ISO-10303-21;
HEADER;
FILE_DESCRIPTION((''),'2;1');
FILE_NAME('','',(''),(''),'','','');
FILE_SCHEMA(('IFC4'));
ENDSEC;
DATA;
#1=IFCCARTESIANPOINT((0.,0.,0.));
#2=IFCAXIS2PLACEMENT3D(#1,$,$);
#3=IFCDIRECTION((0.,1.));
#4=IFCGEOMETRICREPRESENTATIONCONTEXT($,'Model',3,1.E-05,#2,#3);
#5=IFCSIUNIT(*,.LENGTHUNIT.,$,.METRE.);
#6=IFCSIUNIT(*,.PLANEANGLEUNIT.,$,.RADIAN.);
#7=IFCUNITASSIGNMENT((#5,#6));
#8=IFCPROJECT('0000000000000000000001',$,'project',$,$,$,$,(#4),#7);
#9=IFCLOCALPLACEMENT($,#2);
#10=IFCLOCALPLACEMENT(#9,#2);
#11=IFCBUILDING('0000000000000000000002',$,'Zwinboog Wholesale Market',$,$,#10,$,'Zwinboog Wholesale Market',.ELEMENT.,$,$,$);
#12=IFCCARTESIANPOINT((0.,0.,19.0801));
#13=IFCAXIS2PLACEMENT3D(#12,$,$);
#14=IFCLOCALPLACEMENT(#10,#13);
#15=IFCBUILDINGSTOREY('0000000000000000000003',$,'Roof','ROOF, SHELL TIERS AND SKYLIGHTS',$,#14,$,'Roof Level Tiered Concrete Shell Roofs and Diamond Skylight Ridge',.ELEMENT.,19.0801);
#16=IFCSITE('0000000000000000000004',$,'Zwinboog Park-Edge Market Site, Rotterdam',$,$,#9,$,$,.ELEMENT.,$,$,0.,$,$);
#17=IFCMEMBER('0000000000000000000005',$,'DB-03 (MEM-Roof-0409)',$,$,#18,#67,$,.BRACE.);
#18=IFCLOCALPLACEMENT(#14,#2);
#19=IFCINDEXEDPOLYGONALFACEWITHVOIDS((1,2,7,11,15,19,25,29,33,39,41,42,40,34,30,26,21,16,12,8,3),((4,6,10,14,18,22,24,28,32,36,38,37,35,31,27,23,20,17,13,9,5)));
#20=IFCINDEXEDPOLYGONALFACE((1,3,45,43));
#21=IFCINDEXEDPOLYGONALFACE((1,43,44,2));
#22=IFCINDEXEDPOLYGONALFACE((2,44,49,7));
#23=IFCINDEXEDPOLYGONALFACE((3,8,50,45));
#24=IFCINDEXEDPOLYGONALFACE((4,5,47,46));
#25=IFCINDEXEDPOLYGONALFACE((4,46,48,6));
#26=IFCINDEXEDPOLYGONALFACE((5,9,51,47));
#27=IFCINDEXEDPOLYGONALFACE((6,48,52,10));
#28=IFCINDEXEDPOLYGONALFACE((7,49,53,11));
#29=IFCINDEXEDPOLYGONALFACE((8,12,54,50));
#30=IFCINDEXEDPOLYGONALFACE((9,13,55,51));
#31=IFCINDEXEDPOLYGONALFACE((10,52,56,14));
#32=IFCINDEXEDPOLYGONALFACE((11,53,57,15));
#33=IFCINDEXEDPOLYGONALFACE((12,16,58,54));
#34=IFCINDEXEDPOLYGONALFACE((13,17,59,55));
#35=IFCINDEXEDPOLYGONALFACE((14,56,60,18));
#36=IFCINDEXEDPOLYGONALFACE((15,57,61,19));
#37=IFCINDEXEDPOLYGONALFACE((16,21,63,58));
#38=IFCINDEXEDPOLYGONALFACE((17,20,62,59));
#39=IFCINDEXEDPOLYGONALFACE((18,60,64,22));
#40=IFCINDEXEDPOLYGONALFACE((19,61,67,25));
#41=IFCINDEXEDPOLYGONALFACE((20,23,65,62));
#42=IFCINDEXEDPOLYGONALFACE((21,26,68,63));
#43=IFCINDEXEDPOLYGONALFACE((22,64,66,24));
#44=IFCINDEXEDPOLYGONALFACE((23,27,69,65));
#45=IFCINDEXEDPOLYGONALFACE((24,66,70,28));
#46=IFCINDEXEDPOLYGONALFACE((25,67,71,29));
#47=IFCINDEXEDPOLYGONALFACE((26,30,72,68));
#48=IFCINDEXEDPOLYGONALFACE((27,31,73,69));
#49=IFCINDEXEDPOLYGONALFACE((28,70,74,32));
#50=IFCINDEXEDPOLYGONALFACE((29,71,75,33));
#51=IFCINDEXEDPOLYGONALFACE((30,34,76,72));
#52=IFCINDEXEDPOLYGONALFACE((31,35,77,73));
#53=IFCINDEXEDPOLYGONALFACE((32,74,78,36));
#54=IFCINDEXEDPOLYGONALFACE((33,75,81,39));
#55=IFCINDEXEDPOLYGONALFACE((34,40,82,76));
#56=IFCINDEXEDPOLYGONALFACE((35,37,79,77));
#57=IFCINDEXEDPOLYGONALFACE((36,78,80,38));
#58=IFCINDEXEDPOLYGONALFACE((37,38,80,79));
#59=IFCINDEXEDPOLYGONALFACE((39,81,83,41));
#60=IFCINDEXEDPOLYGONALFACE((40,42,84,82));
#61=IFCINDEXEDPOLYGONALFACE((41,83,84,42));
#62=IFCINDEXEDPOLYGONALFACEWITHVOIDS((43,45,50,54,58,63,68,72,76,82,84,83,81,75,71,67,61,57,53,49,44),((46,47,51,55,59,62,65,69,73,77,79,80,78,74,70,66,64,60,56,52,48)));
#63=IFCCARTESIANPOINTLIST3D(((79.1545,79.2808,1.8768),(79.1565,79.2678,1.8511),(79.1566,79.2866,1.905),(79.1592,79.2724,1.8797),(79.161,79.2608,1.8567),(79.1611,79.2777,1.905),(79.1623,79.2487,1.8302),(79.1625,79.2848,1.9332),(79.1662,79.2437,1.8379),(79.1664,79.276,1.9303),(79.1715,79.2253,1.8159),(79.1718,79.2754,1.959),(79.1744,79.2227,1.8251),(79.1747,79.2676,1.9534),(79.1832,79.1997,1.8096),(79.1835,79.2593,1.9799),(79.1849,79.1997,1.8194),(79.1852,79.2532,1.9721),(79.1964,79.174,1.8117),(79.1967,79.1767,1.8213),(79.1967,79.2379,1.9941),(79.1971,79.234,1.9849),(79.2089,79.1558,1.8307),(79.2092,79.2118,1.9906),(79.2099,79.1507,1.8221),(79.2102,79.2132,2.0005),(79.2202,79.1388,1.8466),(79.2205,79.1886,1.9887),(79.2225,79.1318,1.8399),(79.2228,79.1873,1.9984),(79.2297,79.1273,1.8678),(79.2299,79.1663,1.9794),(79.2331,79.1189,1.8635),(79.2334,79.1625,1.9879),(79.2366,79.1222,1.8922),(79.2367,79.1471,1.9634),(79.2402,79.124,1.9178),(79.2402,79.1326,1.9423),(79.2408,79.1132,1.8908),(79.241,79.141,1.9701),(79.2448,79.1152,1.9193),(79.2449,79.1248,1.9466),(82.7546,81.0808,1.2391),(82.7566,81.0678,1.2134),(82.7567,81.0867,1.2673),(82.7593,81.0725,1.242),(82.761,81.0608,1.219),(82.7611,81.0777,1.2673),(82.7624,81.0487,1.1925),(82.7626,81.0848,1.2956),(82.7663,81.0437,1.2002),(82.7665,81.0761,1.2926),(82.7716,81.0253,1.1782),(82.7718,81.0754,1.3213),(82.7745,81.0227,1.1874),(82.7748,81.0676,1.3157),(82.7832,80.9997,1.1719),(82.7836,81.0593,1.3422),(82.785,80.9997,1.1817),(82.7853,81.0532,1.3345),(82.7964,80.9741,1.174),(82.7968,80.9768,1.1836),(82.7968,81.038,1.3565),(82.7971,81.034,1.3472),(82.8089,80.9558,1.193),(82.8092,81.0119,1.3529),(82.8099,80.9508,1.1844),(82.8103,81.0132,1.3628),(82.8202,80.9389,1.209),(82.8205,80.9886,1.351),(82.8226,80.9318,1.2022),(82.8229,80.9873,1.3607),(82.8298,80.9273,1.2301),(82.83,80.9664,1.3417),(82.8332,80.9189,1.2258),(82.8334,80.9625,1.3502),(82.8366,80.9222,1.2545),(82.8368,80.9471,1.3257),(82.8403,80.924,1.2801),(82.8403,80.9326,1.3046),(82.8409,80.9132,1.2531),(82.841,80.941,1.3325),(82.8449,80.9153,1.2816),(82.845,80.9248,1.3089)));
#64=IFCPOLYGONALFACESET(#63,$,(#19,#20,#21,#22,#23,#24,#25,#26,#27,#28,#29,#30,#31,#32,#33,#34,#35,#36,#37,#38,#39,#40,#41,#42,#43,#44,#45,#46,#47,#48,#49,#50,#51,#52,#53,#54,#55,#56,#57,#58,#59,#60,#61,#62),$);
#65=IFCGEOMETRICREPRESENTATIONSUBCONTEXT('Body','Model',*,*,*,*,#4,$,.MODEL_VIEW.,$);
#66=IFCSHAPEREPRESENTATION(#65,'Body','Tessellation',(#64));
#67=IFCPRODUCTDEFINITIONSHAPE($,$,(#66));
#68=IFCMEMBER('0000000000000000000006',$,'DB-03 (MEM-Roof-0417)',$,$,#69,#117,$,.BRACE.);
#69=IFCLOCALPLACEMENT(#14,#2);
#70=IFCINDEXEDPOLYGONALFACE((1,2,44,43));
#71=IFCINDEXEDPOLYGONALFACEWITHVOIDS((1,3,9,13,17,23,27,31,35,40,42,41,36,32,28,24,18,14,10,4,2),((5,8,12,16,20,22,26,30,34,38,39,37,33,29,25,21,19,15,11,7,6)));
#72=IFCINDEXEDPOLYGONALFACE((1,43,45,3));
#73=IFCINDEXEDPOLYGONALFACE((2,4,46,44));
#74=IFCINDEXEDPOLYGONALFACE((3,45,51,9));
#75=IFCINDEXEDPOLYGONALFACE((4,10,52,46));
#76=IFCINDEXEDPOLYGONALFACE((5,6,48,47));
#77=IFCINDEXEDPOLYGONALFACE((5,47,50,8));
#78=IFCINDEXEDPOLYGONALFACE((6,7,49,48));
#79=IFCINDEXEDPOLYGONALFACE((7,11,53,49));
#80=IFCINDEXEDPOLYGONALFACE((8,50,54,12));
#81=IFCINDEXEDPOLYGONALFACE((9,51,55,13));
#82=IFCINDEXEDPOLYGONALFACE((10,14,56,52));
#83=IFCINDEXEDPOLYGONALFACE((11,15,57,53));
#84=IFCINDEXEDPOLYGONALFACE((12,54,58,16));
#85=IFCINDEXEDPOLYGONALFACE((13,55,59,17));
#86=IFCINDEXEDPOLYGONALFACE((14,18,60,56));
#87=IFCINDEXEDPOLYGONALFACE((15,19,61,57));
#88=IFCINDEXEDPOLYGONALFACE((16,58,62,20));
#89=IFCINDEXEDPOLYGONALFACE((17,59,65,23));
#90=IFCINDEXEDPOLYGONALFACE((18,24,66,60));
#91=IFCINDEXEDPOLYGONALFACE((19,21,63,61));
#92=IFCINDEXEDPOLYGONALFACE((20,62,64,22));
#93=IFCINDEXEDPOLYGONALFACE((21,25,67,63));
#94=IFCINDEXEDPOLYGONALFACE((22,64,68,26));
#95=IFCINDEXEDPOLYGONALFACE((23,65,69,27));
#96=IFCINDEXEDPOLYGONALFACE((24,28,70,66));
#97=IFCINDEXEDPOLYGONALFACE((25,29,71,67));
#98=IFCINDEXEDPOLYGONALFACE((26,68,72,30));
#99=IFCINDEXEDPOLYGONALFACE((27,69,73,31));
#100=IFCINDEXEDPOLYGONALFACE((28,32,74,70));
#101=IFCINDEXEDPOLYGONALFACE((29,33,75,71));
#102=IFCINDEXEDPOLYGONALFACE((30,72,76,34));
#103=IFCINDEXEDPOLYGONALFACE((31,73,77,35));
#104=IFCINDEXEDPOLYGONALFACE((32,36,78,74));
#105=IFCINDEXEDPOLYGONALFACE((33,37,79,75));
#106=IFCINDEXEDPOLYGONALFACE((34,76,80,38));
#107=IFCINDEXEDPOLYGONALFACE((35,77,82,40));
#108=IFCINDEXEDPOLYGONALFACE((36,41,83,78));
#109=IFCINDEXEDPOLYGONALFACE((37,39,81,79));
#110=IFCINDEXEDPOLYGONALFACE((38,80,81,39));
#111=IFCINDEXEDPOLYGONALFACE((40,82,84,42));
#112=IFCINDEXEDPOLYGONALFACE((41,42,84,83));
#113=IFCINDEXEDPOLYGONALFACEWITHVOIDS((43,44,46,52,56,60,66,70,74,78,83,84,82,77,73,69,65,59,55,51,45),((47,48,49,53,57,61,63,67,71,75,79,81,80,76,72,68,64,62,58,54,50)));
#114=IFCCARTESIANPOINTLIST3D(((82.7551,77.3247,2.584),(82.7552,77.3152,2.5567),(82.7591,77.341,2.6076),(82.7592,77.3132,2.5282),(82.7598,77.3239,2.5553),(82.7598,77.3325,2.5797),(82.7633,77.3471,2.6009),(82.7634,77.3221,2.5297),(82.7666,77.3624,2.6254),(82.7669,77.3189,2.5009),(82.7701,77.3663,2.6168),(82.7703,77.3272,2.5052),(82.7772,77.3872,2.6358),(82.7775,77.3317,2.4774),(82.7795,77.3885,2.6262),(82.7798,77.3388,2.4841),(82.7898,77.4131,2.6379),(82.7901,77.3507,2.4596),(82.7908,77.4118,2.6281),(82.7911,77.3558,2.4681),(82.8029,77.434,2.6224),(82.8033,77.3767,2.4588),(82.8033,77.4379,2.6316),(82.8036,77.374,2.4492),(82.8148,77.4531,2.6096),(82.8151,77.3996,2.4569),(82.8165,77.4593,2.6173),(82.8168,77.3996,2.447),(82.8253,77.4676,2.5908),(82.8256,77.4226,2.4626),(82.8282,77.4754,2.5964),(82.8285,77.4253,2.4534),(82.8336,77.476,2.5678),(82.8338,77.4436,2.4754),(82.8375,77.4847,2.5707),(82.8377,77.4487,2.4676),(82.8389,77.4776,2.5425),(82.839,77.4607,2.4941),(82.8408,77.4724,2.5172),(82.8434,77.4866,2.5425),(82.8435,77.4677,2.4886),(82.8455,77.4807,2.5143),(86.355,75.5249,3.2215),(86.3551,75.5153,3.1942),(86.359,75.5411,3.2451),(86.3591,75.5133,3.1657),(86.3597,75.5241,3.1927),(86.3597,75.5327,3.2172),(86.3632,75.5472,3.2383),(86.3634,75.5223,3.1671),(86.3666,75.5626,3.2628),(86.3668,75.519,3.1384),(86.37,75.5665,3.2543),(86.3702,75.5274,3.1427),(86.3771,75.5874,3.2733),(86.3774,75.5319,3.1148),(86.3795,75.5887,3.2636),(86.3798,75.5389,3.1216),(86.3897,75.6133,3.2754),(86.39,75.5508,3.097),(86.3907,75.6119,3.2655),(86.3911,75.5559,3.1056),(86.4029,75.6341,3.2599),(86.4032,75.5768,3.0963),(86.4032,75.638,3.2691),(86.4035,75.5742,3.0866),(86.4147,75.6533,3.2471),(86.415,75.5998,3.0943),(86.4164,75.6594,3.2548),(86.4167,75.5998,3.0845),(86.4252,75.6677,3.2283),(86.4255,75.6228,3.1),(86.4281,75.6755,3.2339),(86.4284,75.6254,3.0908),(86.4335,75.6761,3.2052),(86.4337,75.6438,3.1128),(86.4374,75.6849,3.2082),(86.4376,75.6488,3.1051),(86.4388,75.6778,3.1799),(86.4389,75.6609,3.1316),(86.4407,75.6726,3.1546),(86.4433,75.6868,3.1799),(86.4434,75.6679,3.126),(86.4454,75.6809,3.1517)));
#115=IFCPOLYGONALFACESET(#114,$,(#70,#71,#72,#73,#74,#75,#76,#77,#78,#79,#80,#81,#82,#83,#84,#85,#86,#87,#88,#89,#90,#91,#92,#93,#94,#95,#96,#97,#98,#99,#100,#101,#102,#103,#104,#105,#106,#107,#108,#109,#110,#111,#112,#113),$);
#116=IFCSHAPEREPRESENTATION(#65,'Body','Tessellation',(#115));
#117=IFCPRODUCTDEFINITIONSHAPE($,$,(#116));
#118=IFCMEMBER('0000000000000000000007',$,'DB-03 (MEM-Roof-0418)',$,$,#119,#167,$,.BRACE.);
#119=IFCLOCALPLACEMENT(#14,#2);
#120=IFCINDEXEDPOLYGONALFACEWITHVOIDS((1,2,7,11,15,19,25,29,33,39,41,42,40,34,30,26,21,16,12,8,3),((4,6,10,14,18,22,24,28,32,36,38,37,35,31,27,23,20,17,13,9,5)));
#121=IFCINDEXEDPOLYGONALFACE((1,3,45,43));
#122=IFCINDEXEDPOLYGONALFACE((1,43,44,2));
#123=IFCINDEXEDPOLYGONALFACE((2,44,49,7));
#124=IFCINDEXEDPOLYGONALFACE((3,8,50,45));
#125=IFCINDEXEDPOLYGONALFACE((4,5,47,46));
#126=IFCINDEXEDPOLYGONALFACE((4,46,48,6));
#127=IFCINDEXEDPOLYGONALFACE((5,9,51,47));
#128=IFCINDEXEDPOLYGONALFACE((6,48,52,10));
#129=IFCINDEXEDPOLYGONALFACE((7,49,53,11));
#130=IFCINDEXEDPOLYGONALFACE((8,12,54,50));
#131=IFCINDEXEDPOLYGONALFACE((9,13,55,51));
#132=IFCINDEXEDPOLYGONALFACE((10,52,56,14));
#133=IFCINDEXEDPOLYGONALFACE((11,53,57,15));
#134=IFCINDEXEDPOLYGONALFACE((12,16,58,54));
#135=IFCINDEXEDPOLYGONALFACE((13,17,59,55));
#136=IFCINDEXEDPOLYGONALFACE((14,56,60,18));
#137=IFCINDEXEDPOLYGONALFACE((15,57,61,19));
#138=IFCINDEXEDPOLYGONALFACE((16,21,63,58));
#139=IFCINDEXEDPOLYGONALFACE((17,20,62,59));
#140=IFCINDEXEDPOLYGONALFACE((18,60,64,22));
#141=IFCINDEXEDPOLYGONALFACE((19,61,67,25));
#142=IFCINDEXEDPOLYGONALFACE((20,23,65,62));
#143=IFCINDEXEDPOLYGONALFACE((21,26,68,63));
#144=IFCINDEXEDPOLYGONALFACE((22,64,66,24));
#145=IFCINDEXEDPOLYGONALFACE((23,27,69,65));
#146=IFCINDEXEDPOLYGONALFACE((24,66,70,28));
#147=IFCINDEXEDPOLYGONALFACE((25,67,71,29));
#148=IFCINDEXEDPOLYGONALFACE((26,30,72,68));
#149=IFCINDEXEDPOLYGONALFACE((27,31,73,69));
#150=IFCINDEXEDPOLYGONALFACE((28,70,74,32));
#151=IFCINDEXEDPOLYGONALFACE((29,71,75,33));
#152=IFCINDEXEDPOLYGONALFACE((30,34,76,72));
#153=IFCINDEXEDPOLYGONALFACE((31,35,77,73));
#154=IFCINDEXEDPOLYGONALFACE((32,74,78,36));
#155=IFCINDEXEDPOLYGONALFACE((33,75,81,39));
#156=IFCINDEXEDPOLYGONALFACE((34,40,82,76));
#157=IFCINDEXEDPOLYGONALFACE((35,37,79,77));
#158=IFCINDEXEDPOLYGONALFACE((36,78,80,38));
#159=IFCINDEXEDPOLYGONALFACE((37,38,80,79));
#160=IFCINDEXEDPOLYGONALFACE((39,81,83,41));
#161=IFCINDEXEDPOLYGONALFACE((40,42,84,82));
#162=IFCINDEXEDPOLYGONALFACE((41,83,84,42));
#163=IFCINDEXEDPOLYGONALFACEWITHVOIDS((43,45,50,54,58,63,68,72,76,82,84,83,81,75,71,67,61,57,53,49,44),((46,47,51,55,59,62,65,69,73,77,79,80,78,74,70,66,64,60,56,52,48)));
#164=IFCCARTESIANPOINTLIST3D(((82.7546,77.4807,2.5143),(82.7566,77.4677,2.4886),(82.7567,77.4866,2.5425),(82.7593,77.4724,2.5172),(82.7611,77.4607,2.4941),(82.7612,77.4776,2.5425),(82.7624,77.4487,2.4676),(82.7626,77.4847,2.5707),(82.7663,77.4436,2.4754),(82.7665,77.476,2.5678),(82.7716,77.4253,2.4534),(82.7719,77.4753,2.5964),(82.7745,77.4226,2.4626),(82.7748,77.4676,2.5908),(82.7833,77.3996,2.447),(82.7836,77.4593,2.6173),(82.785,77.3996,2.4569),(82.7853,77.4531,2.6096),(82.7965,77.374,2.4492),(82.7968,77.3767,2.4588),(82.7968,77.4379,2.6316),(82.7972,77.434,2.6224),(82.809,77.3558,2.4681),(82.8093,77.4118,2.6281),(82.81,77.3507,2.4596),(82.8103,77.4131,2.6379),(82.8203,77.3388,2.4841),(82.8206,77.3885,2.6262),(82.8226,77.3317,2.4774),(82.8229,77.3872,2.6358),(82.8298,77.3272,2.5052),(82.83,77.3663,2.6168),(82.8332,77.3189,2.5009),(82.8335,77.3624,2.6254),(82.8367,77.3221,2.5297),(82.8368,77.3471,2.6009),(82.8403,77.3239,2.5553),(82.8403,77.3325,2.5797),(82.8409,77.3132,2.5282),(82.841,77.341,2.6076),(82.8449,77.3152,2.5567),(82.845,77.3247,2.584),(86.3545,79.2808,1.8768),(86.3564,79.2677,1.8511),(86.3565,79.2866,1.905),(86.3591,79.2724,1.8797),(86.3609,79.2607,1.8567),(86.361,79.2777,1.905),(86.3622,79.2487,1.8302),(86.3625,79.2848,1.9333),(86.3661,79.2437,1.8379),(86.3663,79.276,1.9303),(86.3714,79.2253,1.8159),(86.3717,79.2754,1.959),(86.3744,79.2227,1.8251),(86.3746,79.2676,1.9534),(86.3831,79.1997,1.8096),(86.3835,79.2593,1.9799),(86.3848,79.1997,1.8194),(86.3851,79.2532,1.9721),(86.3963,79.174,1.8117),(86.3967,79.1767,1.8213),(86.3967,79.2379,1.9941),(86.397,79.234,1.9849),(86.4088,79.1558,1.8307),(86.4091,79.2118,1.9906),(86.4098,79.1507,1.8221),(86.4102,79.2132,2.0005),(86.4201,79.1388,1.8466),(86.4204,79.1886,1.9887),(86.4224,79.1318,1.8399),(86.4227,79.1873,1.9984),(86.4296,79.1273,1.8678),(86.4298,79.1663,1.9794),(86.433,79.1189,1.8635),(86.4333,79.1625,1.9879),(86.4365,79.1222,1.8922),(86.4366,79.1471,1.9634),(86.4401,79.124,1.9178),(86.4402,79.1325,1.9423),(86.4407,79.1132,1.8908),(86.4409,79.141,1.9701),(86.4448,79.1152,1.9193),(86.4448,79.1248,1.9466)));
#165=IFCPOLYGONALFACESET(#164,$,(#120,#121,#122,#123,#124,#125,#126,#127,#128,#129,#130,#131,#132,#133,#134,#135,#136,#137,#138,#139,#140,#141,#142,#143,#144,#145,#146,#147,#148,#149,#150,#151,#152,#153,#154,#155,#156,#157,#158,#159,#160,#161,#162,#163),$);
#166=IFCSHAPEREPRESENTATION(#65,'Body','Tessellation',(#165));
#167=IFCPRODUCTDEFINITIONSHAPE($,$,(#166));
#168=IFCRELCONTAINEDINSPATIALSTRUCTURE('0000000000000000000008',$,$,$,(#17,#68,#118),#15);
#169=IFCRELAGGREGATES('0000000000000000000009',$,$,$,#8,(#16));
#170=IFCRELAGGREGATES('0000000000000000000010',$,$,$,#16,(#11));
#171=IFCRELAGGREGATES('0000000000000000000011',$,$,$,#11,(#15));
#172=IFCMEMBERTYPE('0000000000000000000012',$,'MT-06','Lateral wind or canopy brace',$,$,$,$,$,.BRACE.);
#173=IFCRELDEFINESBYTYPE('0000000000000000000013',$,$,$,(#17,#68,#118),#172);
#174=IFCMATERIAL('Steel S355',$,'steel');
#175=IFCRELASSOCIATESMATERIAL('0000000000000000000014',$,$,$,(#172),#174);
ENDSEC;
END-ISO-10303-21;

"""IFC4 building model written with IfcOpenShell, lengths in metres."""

from ifc_helpers import new_model, si_unit, direction, frame, origin, origin_2d, place, context, subcontext, project, spatial, hollow_circle, extrude, material, material_profile, profile_set, type_object, element, save


model = new_model("IFC4")

# Units and contexts
model_context = context("Model", 3, precision=1e-05, world=origin(), true_north=direction((0.0, 1.0)))
body_context = subcontext(model_context, "Body", "Model", "MODEL_VIEW")
ifc_project = project(units=[si_unit("LENGTHUNIT", "METRE"), si_unit("PLANEANGLEUNIT", "RADIAN")], contexts=[model_context])

# Site, building, storey
site_placement = place(None, origin())
site = spatial("IfcSite", under=ifc_project, at=site_placement, Name="Zwinboog Park-Edge Market Site, Rotterdam", CompositionType="ELEMENT", RefElevation=0.0)
building_placement = place(site_placement, origin())
building = spatial("IfcBuilding", under=site, at=building_placement, Name="Zwinboog Wholesale Market", LongName="Zwinboog Wholesale Market", CompositionType="ELEMENT")
storey_placement = place(building_placement, frame((0.0, 0.0, 19.0801)))
storey = spatial("IfcBuildingStorey", under=building, at=storey_placement, Name="Roof", Description="ROOF, SHELL TIERS AND SKYLIGHTS", LongName="Roof Level Tiered Concrete Shell Roofs and Diamond Skylight Ridge", CompositionType="ELEMENT", Elevation=19.0801)

# Members
ifc_material_1 = material(Name="Steel S355", Category="steel")
ifc_material_profile_1 = material_profile(ifc_material_1, hollow_circle(Radius=0.0969, WallThickness=0.01, at=origin_2d()), Name="CHS 193.7x10")
ifc_profile_set_1 = profile_set([ifc_material_profile_1], Name="Steel S355")
member_type_1 = type_object("IfcMemberType", Name="MT-06", Description="Lateral wind or canopy brace", PredefinedType="BRACE", material=ifc_profile_set_1)
for number, where, z_axis, x_axis, name in (
    (1, (79.2, 79.2, 1.905), (0.883409, 0.441704, -0.156481), (-0.447214, 0.894427, 0.0), "DB-03 (MEM-Roof-0409)"),
):
    element("IfcMember", number, at=place(storey_placement, frame(where, z_axis=z_axis, x_axis=x_axis)), inside=storey, type_object=member_type_1, Name=name, PredefinedType="BRACE", context=body_context, shape_type="SweptSolid", body=[
        extrude(hollow_circle(Radius=0.0969, WallThickness=0.01, at=origin_2d()), origin(), (0.0, 0.0, 1.0), 4.0752),
    ])
for number, where, z_axis, x_axis, name in (
    (2, (82.8, 77.3999, 2.5425), (0.883427, -0.441684, 0.156435), (0.447189, 0.894439, 0.0), "DB-03 (MEM-Roof-0417)"),
    (3, (82.8, 77.3999, 2.5425), (0.883404, 0.441732, -0.15643), (-0.447238, 0.894415, 0.0), "DB-03 (MEM-Roof-0418)"),
):
    element("IfcMember", number, at=place(storey_placement, frame(where, z_axis=z_axis, x_axis=x_axis)), inside=storey, type_object=member_type_1, Name=name, PredefinedType="BRACE", context=body_context, shape_type="SweptSolid", body=[
        extrude(hollow_circle(Radius=0.0969, WallThickness=0.01, at=origin_2d()), origin(), (0.0, 0.0, 1.0), 4.075),
    ])

save(model, "model.ifc")
